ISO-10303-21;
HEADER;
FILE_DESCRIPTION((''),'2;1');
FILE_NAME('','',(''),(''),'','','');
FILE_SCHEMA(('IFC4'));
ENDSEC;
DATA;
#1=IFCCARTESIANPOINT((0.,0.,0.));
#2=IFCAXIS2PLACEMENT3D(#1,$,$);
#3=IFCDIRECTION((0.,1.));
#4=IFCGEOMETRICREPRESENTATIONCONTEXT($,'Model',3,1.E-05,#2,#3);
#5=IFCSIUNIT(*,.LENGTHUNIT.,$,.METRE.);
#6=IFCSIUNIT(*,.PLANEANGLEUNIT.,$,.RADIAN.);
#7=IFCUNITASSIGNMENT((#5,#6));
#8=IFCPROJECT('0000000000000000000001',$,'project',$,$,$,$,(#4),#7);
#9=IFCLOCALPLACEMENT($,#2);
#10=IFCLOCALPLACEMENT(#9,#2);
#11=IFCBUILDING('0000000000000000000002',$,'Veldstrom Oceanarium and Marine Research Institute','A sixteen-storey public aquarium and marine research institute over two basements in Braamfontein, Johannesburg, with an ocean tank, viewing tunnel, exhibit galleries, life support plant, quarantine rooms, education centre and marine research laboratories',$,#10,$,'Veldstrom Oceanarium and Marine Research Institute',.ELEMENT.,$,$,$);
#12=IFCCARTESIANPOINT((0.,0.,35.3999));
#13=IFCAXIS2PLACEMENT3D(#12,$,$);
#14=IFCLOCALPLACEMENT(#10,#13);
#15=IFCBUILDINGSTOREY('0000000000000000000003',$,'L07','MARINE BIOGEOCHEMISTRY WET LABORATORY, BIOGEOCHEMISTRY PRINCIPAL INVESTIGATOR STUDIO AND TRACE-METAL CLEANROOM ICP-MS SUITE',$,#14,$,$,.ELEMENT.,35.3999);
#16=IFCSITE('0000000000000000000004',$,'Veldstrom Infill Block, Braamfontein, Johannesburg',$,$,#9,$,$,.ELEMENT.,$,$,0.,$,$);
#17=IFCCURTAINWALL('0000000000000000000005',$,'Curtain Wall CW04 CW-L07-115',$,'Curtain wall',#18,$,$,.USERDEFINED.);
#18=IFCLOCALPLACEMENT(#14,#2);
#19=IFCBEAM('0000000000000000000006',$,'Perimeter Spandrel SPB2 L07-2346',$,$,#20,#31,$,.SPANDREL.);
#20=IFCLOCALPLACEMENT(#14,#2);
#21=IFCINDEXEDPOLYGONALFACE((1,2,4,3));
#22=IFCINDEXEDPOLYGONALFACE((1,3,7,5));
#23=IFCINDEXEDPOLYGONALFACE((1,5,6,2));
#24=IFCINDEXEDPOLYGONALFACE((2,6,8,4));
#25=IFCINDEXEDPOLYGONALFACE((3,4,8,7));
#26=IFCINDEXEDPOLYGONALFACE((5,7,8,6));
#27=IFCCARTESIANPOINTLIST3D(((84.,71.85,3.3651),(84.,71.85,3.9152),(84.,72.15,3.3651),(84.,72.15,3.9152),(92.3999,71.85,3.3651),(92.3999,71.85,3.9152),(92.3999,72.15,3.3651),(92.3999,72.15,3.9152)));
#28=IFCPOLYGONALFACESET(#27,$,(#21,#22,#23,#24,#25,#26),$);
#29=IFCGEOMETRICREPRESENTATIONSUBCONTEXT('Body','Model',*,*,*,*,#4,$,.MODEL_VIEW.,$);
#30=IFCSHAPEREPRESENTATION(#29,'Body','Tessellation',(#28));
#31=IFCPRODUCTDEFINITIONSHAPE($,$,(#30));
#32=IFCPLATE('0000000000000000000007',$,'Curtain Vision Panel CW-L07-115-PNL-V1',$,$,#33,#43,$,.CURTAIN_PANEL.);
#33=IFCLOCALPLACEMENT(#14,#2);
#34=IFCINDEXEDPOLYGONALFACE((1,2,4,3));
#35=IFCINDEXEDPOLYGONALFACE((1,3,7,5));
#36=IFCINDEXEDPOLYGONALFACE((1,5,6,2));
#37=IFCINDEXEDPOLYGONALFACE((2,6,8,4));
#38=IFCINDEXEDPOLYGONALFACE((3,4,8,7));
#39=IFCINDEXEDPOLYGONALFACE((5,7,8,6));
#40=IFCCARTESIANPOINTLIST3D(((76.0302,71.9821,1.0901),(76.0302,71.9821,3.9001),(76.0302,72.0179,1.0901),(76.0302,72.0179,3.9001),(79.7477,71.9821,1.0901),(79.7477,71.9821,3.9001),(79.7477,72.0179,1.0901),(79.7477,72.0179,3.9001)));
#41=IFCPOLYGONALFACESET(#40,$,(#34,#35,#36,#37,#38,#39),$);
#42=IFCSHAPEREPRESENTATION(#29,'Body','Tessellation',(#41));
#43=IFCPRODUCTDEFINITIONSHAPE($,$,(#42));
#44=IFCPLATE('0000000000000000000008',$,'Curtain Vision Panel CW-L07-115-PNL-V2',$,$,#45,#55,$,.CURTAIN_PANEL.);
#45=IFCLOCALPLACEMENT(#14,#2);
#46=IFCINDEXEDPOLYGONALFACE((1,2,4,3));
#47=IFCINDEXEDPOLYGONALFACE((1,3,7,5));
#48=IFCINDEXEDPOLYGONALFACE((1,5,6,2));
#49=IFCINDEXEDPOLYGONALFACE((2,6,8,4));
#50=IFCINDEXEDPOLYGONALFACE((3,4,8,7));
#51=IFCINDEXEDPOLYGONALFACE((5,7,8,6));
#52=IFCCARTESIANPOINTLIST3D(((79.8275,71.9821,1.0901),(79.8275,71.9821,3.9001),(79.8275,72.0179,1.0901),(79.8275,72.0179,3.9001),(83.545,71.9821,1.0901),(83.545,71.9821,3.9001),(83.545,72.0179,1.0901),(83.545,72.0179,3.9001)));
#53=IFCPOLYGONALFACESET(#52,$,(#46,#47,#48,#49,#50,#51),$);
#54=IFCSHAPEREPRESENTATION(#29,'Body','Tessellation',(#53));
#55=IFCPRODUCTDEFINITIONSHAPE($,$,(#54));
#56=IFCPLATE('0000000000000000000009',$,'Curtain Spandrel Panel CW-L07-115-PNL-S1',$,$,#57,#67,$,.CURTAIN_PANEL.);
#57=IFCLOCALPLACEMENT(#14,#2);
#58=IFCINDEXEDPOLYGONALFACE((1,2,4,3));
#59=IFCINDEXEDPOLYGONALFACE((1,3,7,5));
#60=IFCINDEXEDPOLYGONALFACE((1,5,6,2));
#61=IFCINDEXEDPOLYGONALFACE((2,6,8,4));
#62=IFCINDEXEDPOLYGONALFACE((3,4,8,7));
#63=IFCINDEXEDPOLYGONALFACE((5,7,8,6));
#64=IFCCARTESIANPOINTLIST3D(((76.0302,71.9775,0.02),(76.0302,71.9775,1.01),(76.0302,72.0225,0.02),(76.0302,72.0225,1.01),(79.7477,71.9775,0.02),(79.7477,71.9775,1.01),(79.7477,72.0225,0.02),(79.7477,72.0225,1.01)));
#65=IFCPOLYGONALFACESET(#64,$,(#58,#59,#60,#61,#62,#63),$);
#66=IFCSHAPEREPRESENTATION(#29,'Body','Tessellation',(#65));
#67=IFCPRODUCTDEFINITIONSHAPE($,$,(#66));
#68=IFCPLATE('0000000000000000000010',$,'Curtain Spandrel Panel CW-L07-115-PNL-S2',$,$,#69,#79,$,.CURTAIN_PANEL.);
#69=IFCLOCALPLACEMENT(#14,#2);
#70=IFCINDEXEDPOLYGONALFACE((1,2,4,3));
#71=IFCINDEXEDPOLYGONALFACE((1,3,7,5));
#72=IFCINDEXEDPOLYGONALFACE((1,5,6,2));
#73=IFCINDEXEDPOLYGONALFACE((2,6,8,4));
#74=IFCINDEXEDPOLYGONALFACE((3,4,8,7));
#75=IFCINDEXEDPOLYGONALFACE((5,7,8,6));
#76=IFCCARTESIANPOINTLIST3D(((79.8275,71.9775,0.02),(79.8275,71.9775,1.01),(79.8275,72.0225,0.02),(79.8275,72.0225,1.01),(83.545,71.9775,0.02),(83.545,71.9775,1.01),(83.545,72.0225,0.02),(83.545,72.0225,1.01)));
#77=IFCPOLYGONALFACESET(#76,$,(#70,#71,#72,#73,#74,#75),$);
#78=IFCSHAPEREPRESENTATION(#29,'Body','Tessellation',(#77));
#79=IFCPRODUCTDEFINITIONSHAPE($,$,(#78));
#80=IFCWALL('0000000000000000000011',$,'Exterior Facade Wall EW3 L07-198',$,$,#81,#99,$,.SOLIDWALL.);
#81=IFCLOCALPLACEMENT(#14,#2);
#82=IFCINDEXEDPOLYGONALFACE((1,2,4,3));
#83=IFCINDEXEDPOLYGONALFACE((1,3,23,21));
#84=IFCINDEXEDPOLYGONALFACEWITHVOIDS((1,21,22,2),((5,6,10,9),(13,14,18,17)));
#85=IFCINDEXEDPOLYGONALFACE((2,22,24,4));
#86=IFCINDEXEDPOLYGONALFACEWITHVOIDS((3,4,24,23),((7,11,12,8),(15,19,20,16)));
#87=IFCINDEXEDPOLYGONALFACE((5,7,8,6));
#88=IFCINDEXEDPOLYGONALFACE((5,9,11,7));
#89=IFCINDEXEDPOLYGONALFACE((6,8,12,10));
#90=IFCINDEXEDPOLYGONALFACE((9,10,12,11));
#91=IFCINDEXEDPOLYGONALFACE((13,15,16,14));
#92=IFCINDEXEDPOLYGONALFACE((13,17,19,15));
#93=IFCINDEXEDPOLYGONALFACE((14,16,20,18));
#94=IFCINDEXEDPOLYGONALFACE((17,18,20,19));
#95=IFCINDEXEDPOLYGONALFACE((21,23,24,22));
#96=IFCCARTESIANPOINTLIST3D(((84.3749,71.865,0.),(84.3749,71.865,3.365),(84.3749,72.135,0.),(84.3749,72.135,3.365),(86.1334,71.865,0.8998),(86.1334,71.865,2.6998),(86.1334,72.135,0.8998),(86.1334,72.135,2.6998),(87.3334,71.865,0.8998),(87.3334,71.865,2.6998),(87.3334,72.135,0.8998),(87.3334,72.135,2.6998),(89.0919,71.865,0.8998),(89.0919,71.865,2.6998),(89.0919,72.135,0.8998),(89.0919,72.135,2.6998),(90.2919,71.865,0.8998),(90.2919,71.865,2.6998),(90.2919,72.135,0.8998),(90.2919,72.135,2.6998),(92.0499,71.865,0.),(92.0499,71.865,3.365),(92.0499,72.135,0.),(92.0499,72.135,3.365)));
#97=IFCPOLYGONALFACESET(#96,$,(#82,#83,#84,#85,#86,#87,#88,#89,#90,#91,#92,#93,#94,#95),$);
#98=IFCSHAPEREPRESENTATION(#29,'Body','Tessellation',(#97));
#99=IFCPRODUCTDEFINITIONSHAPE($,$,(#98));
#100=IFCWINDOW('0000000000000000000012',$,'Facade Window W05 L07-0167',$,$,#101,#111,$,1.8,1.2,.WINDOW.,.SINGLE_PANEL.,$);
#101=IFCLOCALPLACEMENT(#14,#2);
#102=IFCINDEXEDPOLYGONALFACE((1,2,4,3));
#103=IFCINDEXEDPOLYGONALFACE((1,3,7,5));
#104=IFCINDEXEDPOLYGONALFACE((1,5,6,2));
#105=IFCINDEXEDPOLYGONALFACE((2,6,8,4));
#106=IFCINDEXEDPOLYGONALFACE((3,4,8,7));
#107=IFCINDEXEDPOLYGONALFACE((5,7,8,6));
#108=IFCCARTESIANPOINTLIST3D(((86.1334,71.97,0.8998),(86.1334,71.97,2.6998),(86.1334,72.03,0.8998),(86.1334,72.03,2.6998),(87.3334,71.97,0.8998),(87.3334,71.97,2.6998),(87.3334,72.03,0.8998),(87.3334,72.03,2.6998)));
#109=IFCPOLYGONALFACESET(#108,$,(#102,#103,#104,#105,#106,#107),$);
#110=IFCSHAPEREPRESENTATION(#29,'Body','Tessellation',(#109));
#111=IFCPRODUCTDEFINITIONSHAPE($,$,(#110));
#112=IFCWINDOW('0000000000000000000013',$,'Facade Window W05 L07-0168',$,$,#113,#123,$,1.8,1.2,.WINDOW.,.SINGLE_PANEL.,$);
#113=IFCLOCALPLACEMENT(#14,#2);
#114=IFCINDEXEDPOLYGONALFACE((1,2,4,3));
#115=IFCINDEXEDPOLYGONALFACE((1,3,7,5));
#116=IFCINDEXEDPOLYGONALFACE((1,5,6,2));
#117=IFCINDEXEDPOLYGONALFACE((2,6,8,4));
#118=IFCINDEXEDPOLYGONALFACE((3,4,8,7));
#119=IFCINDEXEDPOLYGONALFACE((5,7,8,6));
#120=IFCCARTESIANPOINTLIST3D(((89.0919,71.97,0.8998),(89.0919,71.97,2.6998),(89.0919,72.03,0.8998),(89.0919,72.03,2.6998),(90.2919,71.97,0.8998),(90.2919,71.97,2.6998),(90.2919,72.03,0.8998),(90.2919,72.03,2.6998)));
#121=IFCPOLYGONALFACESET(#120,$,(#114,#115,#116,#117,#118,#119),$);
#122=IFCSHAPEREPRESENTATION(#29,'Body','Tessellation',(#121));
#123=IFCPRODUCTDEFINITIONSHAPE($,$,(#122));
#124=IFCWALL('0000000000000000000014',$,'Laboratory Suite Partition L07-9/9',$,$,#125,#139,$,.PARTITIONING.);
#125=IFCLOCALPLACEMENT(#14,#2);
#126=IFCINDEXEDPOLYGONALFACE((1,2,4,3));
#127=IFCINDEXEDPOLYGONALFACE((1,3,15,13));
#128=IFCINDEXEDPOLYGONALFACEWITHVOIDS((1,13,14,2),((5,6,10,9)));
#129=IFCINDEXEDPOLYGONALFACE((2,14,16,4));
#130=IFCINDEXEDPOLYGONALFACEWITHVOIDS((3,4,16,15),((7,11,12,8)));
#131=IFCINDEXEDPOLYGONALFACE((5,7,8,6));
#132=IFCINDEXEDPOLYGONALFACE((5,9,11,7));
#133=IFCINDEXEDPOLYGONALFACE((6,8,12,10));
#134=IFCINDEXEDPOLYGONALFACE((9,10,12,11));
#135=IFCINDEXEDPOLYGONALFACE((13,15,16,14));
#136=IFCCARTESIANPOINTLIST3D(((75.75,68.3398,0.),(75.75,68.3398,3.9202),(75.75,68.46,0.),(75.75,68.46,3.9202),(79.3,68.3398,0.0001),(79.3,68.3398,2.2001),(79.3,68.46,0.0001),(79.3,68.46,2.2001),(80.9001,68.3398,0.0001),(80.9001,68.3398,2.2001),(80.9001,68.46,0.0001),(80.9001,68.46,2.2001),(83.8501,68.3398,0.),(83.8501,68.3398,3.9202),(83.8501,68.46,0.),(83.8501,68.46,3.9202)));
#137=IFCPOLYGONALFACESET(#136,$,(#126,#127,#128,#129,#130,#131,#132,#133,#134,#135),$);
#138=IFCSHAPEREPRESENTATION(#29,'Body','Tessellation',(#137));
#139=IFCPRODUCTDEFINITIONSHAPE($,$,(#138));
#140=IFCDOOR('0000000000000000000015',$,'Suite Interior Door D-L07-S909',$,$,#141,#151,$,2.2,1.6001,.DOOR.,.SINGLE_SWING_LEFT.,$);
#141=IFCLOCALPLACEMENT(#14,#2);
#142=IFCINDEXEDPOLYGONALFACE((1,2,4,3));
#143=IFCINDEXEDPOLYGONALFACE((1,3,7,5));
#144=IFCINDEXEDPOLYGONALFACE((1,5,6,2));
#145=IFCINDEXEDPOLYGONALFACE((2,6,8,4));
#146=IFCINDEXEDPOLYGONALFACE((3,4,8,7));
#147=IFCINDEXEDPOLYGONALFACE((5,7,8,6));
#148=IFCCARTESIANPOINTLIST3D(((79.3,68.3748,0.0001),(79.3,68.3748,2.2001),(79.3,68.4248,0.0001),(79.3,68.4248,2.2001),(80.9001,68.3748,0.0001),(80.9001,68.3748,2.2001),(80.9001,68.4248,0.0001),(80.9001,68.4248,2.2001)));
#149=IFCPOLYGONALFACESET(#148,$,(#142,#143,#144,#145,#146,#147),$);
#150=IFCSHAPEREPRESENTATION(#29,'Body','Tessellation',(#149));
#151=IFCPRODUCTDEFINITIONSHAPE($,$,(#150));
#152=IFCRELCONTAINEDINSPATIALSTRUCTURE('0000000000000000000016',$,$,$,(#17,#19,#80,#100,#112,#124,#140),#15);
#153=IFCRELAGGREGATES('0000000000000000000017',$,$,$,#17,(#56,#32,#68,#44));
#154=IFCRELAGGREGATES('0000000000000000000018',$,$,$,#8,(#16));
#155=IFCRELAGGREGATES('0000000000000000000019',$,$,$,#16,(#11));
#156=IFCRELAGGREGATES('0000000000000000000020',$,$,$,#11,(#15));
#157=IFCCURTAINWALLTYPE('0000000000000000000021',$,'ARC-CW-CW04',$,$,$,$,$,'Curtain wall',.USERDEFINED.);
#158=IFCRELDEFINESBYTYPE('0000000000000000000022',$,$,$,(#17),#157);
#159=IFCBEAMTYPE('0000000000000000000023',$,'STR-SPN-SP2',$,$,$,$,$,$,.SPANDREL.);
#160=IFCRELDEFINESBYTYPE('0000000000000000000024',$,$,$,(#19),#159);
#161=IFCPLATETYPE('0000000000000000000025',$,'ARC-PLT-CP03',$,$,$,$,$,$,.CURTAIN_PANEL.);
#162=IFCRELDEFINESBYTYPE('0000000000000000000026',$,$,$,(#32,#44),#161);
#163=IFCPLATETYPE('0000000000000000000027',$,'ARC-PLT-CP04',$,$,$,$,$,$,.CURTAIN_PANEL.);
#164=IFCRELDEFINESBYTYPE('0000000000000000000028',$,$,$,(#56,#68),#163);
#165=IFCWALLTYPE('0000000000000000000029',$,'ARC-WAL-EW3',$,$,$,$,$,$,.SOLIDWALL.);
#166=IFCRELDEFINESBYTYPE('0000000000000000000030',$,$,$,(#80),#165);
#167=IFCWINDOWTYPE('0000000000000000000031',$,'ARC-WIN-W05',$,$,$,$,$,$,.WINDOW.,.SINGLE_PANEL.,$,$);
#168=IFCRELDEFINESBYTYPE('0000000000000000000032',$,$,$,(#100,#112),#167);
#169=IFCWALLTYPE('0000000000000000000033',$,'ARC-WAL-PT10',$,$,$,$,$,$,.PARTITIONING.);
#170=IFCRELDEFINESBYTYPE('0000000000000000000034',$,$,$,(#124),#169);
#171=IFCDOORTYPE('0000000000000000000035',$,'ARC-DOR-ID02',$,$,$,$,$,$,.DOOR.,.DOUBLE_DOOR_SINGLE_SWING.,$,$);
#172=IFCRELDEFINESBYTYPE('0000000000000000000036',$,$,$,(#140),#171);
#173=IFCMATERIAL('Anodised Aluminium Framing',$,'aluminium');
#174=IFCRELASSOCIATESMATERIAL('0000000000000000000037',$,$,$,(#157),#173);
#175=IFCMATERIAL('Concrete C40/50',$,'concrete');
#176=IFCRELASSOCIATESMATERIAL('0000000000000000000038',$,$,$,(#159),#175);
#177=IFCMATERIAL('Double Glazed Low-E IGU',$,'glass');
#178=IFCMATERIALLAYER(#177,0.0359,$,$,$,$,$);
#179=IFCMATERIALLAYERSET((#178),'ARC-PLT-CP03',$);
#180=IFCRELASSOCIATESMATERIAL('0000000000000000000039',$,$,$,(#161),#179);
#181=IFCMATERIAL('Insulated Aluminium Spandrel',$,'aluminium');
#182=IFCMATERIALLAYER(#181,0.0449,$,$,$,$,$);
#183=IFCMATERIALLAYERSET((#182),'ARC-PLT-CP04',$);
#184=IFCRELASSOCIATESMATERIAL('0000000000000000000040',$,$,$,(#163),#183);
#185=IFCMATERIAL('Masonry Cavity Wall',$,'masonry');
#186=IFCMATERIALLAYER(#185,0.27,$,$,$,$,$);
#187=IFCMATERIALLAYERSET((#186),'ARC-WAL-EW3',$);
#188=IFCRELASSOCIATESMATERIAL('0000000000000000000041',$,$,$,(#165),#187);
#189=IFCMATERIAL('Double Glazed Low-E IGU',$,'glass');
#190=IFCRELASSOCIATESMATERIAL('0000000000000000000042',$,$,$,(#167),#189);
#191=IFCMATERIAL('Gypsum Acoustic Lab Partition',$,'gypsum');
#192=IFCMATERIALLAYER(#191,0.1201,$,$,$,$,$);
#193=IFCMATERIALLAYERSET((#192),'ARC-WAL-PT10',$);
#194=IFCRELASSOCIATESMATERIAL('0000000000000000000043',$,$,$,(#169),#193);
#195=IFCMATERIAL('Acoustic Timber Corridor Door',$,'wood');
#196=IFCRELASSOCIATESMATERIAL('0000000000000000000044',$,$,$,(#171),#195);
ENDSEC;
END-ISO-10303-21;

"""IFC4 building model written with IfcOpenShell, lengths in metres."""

from ifc_helpers import new_model, si_unit, direction, frame, frame_2d, origin, origin_2d, place, context, subcontext, project, spatial, rectangle, extrude, material, layer, layer_set, material_profile, profile_set, type_object, element, fill, aggregate, save


model = new_model("IFC4")

# Units and contexts
model_context = context("Model", 3, precision=1e-05, world=origin(), true_north=direction((0.0, 1.0)))
body_context = subcontext(model_context, "Body", "Model", "MODEL_VIEW")
ifc_project = project(units=[si_unit("LENGTHUNIT", "METRE"), si_unit("PLANEANGLEUNIT", "RADIAN")], contexts=[model_context])

# Site, building, storey
site_placement = place(None, origin())
site = spatial("IfcSite", under=ifc_project, at=site_placement, Name="Veldstrom Infill Block, Braamfontein, Johannesburg", CompositionType="ELEMENT", RefElevation=0.0)
building_placement = place(site_placement, origin())
building = spatial("IfcBuilding", under=site, at=building_placement, Name="Veldstrom Oceanarium and Marine Research Institute", Description="A sixteen-storey public aquarium and marine research institute over two basements in Braamfontein, Johannesburg, with an ocean tank, viewing tunnel, exhibit galleries, life support plant, quarantine rooms, education centre and marine research laboratories", LongName="Veldstrom Oceanarium and Marine Research Institute", CompositionType="ELEMENT")
storey_placement = place(building_placement, frame((0.0, 0.0, 35.3999)))
storey = spatial("IfcBuildingStorey", under=building, at=storey_placement, Name="L07", Description="MARINE BIOGEOCHEMISTRY WET LABORATORY, BIOGEOCHEMISTRY PRINCIPAL INVESTIGATOR STUDIO AND TRACE-METAL CLEANROOM ICP-MS SUITE", CompositionType="ELEMENT", Elevation=35.3999)

# Curtain wall
ifc_material_1 = material(Name="Anodised Aluminium Framing", Category="aluminium")
curtain_wall_type = type_object("IfcCurtainWallType", Name="ARC-CW-CW04", ElementType="Curtain wall", PredefinedType="USERDEFINED", material=ifc_material_1)
curtain_wall_placement = place(storey_placement, origin())
curtain_wall = element("IfcCurtainWall", 1, at=curtain_wall_placement, inside=storey, type_object=curtain_wall_type, Name="Curtain Wall CW04 CW-L07-115", ObjectType="Curtain wall", PredefinedType="USERDEFINED")

# Beam
ifc_material_2 = material(Name="Concrete C40/50", Category="concrete")
ifc_material_profile_1 = material_profile(ifc_material_2, rectangle(XDim=0.3, YDim=0.55, at=origin_2d()), Name="RC-SPN-300x550")
ifc_profile_set_1 = profile_set([ifc_material_profile_1], Name="Concrete C40/50")
beam_type_1 = type_object("IfcBeamType", Name="STR-SPN-SP2", PredefinedType="SPANDREL", material=ifc_profile_set_1)
beam_1_placement = place(storey_placement, frame((84.0, 72.0, 3.6401), z_axis=(1.0, 0.0, 0.0), x_axis=(0.0, 1.0, 0.0)))
element("IfcBeam", 2, at=beam_1_placement, inside=storey, type_object=beam_type_1, Name="Perimeter Spandrel SPB2 L07-2346", PredefinedType="SPANDREL", context=body_context, shape_type="SweptSolid", body=[
    extrude(rectangle(XDim=0.3, YDim=0.55, at=origin_2d()), origin(), (0.0, 0.0, 1.0), 8.3999),
])

# Plates
ifc_material_3 = material(Name="Double Glazed Low-E IGU", Category="glass")
ifc_layer_1 = layer(ifc_material_3, 0.0359)
ifc_layer_set_1 = layer_set([ifc_layer_1], Name="ARC-PLT-CP03")
plate_type_1 = type_object("IfcPlateType", Name="ARC-PLT-CP03", PredefinedType="CURTAIN_PANEL", material=ifc_layer_set_1)
plate_1_placement = place(storey_placement, frame((77.8889, 72.0, 1.0901), z_axis=(0.0, 0.0, 1.0), x_axis=(1.0, 0.0, 0.0)))
plate_1 = element("IfcPlate", 3, at=plate_1_placement, type_object=plate_type_1, Name="Curtain Vision Panel CW-L07-115-PNL-V1", PredefinedType="CURTAIN_PANEL", context=body_context, shape_type="SweptSolid", body=[
    extrude(rectangle(XDim=3.7175, YDim=0.0359, at=origin_2d()), origin(), (0.0, 0.0, 1.0), 2.8101),
])
plate_2_placement = place(storey_placement, frame((81.6863, 72.0, 1.0901), z_axis=(0.0, 0.0, 1.0), x_axis=(1.0, 0.0, 0.0)))
plate_2 = element("IfcPlate", 4, at=plate_2_placement, type_object=plate_type_1, Name="Curtain Vision Panel CW-L07-115-PNL-V2", PredefinedType="CURTAIN_PANEL", context=body_context, shape_type="SweptSolid", body=[
    extrude(rectangle(XDim=3.7175, YDim=0.0359, at=origin_2d()), origin(), (0.0, 0.0, 1.0), 2.8101),
])
ifc_material_4 = material(Name="Insulated Aluminium Spandrel", Category="aluminium")
ifc_layer_2 = layer(ifc_material_4, 0.0449)
ifc_layer_set_2 = layer_set([ifc_layer_2], Name="ARC-PLT-CP04")
plate_type_2 = type_object("IfcPlateType", Name="ARC-PLT-CP04", PredefinedType="CURTAIN_PANEL", material=ifc_layer_set_2)
plate_3_placement = place(storey_placement, frame((77.8889, 72.0, 0.02), z_axis=(0.0, 0.0, 1.0), x_axis=(1.0, 0.0, 0.0)))
plate_3 = element("IfcPlate", 5, at=plate_3_placement, type_object=plate_type_2, Name="Curtain Spandrel Panel CW-L07-115-PNL-S1", PredefinedType="CURTAIN_PANEL", context=body_context, shape_type="SweptSolid", body=[
    extrude(rectangle(XDim=3.7175, YDim=0.0449, at=origin_2d()), origin(), (0.0, 0.0, 1.0), 0.99),
])
plate_4_placement = place(storey_placement, frame((81.6863, 72.0, 0.02), z_axis=(0.0, 0.0, 1.0), x_axis=(1.0, 0.0, 0.0)))
plate_4 = element("IfcPlate", 6, at=plate_4_placement, type_object=plate_type_2, Name="Curtain Spandrel Panel CW-L07-115-PNL-S2", PredefinedType="CURTAIN_PANEL", context=body_context, shape_type="SweptSolid", body=[
    extrude(rectangle(XDim=3.7175, YDim=0.0449, at=origin_2d()), origin(), (0.0, 0.0, 1.0), 0.99),
])
aggregate(curtain_wall, [plate_3, plate_1, plate_4, plate_2])

# Wall, openings, windows
ifc_material_5 = material(Name="Masonry Cavity Wall", Category="masonry")
ifc_layer_3 = layer(ifc_material_5, 0.27)
ifc_layer_set_3 = layer_set([ifc_layer_3], Name="ARC-WAL-EW3")
wall_type_1 = type_object("IfcWallType", Name="ARC-WAL-EW3", PredefinedType="SOLIDWALL", material=ifc_layer_set_3)
wall_1_placement = place(storey_placement, frame((84.375, 72.0, 0.0), z_axis=(0.0, 0.0, 1.0), x_axis=(1.0, 0.0, 0.0)))
wall_1 = element("IfcWall", 7, at=wall_1_placement, inside=storey, type_object=wall_type_1, Name="Exterior Facade Wall EW3 L07-198", PredefinedType="SOLIDWALL", context=body_context, shape_type="SweptSolid", body=[
    extrude(rectangle(XDim=7.675, YDim=0.27, at=frame_2d((3.8374, 0.0))), origin(), (0.0, 0.0, 1.0), 3.365),
])
opening_1_placement = place(wall_1_placement, frame((1.7583, 0.0, 0.8999)))
opening_1 = element("IfcOpeningElement", 8, at=opening_1_placement, cuts=wall_1, PredefinedType="OPENING", context=body_context, shape_type="SweptSolid", body=[
    extrude(rectangle(XDim=1.2, YDim=1.8, at=frame_2d((0.6001, 0.8999))), frame((0.0, 0.145, 0.0), z_axis=(0.0, -1.0, 0.0), x_axis=(1.0, 0.0, 0.0)), (0.0, 0.0, 1.0), 0.29),
])
opening_2_placement = place(wall_1_placement, frame((4.7168, 0.0, 0.8999)))
opening_2 = element("IfcOpeningElement", 9, at=opening_2_placement, cuts=wall_1, PredefinedType="OPENING", context=body_context, shape_type="SweptSolid", body=[
    extrude(rectangle(XDim=1.2, YDim=1.8, at=frame_2d((0.6001, 0.8999))), frame((0.0, 0.145, 0.0), z_axis=(0.0, -1.0, 0.0), x_axis=(1.0, 0.0, 0.0)), (0.0, 0.0, 1.0), 0.29),
])
ifc_material_6 = material(Name="Double Glazed Low-E IGU", Category="glass")
window_type = type_object("IfcWindowType", Name="ARC-WIN-W05", PartitioningType="SINGLE_PANEL", PredefinedType="WINDOW", material=ifc_material_6)
window_1_placement = place(opening_1_placement, origin())
window_1 = element("IfcWindow", 10, at=window_1_placement, inside=storey, type_object=window_type, Name="Facade Window W05 L07-0167", OverallHeight=1.8, OverallWidth=1.2, PartitioningType="SINGLE_PANEL", PredefinedType="WINDOW", context=body_context, shape_type="SweptSolid", body=[
    extrude(rectangle(XDim=1.2, YDim=1.8, at=frame_2d((0.6001, 0.8999))), frame((0.0, 0.03, 0.0), z_axis=(0.0, -1.0, 0.0), x_axis=(1.0, 0.0, 0.0)), (0.0, 0.0, 1.0), 0.0601),
])
fill(opening_1, window_1)
window_2_placement = place(opening_2_placement, origin())
window_2 = element("IfcWindow", 11, at=window_2_placement, inside=storey, type_object=window_type, Name="Facade Window W05 L07-0168", OverallHeight=1.8, OverallWidth=1.2, PartitioningType="SINGLE_PANEL", PredefinedType="WINDOW", context=body_context, shape_type="SweptSolid", body=[
    extrude(rectangle(XDim=1.2, YDim=1.8, at=frame_2d((0.6001, 0.8999))), frame((0.0, 0.03, 0.0), z_axis=(0.0, -1.0, 0.0), x_axis=(1.0, 0.0, 0.0)), (0.0, 0.0, 1.0), 0.0601),
])
fill(opening_2, window_2)

# Wall, opening, door
ifc_material_7 = material(Name="Gypsum Acoustic Lab Partition", Category="gypsum")
ifc_layer_4 = layer(ifc_material_7, 0.1201)
ifc_layer_set_4 = layer_set([ifc_layer_4], Name="ARC-WAL-PT10")
wall_type_2 = type_object("IfcWallType", Name="ARC-WAL-PT10", PredefinedType="PARTITIONING", material=ifc_layer_set_4)
wall_2_placement = place(storey_placement, frame((75.75, 68.3999, 0.0), z_axis=(0.0, 0.0, 1.0), x_axis=(1.0, 0.0, 0.0)))
wall_2 = element("IfcWall", 12, at=wall_2_placement, inside=storey, type_object=wall_type_2, Name="Laboratory Suite Partition L07-9/9", PredefinedType="PARTITIONING", context=body_context, shape_type="SweptSolid", body=[
    extrude(rectangle(XDim=8.1001, YDim=0.1201, at=frame_2d((4.05, 0.0))), origin(), (0.0, 0.0, 1.0), 3.9202),
])
opening_3_placement = place(wall_2_placement, frame((3.55, 0.0, 0.0)))
opening_3 = element("IfcOpeningElement", 13, at=opening_3_placement, cuts=wall_2, PredefinedType="OPENING", context=body_context, shape_type="SweptSolid", body=[
    extrude(rectangle(XDim=1.6001, YDim=2.2, at=frame_2d((0.8, 1.1001))), frame((0.0, 0.0701, 0.0), z_axis=(0.0, -1.0, 0.0), x_axis=(1.0, 0.0, 0.0)), (0.0, 0.0, 1.0), 0.1401),
])
ifc_material_8 = material(Name="Acoustic Timber Corridor Door", Category="wood")
door_type = type_object("IfcDoorType", Name="ARC-DOR-ID02", OperationType="DOUBLE_DOOR_SINGLE_SWING", PredefinedType="DOOR", material=ifc_material_8)
door_1_placement = place(opening_3_placement, origin())
door_1 = element("IfcDoor", 14, at=door_1_placement, inside=storey, type_object=door_type, Name="Suite Interior Door D-L07-S909", OperationType="SINGLE_SWING_LEFT", OverallHeight=2.2, OverallWidth=1.6001, PredefinedType="DOOR", context=body_context, shape_type="SweptSolid", body=[
    extrude(rectangle(XDim=1.6001, YDim=2.2, at=frame_2d((0.8, 1.1001))), frame((0.0, 0.0249, 0.0), z_axis=(0.0, -1.0, 0.0), x_axis=(1.0, 0.0, 0.0)), (0.0, 0.0, 1.0), 0.05),
])
fill(opening_3, door_1)

save(model, "model.ifc")
